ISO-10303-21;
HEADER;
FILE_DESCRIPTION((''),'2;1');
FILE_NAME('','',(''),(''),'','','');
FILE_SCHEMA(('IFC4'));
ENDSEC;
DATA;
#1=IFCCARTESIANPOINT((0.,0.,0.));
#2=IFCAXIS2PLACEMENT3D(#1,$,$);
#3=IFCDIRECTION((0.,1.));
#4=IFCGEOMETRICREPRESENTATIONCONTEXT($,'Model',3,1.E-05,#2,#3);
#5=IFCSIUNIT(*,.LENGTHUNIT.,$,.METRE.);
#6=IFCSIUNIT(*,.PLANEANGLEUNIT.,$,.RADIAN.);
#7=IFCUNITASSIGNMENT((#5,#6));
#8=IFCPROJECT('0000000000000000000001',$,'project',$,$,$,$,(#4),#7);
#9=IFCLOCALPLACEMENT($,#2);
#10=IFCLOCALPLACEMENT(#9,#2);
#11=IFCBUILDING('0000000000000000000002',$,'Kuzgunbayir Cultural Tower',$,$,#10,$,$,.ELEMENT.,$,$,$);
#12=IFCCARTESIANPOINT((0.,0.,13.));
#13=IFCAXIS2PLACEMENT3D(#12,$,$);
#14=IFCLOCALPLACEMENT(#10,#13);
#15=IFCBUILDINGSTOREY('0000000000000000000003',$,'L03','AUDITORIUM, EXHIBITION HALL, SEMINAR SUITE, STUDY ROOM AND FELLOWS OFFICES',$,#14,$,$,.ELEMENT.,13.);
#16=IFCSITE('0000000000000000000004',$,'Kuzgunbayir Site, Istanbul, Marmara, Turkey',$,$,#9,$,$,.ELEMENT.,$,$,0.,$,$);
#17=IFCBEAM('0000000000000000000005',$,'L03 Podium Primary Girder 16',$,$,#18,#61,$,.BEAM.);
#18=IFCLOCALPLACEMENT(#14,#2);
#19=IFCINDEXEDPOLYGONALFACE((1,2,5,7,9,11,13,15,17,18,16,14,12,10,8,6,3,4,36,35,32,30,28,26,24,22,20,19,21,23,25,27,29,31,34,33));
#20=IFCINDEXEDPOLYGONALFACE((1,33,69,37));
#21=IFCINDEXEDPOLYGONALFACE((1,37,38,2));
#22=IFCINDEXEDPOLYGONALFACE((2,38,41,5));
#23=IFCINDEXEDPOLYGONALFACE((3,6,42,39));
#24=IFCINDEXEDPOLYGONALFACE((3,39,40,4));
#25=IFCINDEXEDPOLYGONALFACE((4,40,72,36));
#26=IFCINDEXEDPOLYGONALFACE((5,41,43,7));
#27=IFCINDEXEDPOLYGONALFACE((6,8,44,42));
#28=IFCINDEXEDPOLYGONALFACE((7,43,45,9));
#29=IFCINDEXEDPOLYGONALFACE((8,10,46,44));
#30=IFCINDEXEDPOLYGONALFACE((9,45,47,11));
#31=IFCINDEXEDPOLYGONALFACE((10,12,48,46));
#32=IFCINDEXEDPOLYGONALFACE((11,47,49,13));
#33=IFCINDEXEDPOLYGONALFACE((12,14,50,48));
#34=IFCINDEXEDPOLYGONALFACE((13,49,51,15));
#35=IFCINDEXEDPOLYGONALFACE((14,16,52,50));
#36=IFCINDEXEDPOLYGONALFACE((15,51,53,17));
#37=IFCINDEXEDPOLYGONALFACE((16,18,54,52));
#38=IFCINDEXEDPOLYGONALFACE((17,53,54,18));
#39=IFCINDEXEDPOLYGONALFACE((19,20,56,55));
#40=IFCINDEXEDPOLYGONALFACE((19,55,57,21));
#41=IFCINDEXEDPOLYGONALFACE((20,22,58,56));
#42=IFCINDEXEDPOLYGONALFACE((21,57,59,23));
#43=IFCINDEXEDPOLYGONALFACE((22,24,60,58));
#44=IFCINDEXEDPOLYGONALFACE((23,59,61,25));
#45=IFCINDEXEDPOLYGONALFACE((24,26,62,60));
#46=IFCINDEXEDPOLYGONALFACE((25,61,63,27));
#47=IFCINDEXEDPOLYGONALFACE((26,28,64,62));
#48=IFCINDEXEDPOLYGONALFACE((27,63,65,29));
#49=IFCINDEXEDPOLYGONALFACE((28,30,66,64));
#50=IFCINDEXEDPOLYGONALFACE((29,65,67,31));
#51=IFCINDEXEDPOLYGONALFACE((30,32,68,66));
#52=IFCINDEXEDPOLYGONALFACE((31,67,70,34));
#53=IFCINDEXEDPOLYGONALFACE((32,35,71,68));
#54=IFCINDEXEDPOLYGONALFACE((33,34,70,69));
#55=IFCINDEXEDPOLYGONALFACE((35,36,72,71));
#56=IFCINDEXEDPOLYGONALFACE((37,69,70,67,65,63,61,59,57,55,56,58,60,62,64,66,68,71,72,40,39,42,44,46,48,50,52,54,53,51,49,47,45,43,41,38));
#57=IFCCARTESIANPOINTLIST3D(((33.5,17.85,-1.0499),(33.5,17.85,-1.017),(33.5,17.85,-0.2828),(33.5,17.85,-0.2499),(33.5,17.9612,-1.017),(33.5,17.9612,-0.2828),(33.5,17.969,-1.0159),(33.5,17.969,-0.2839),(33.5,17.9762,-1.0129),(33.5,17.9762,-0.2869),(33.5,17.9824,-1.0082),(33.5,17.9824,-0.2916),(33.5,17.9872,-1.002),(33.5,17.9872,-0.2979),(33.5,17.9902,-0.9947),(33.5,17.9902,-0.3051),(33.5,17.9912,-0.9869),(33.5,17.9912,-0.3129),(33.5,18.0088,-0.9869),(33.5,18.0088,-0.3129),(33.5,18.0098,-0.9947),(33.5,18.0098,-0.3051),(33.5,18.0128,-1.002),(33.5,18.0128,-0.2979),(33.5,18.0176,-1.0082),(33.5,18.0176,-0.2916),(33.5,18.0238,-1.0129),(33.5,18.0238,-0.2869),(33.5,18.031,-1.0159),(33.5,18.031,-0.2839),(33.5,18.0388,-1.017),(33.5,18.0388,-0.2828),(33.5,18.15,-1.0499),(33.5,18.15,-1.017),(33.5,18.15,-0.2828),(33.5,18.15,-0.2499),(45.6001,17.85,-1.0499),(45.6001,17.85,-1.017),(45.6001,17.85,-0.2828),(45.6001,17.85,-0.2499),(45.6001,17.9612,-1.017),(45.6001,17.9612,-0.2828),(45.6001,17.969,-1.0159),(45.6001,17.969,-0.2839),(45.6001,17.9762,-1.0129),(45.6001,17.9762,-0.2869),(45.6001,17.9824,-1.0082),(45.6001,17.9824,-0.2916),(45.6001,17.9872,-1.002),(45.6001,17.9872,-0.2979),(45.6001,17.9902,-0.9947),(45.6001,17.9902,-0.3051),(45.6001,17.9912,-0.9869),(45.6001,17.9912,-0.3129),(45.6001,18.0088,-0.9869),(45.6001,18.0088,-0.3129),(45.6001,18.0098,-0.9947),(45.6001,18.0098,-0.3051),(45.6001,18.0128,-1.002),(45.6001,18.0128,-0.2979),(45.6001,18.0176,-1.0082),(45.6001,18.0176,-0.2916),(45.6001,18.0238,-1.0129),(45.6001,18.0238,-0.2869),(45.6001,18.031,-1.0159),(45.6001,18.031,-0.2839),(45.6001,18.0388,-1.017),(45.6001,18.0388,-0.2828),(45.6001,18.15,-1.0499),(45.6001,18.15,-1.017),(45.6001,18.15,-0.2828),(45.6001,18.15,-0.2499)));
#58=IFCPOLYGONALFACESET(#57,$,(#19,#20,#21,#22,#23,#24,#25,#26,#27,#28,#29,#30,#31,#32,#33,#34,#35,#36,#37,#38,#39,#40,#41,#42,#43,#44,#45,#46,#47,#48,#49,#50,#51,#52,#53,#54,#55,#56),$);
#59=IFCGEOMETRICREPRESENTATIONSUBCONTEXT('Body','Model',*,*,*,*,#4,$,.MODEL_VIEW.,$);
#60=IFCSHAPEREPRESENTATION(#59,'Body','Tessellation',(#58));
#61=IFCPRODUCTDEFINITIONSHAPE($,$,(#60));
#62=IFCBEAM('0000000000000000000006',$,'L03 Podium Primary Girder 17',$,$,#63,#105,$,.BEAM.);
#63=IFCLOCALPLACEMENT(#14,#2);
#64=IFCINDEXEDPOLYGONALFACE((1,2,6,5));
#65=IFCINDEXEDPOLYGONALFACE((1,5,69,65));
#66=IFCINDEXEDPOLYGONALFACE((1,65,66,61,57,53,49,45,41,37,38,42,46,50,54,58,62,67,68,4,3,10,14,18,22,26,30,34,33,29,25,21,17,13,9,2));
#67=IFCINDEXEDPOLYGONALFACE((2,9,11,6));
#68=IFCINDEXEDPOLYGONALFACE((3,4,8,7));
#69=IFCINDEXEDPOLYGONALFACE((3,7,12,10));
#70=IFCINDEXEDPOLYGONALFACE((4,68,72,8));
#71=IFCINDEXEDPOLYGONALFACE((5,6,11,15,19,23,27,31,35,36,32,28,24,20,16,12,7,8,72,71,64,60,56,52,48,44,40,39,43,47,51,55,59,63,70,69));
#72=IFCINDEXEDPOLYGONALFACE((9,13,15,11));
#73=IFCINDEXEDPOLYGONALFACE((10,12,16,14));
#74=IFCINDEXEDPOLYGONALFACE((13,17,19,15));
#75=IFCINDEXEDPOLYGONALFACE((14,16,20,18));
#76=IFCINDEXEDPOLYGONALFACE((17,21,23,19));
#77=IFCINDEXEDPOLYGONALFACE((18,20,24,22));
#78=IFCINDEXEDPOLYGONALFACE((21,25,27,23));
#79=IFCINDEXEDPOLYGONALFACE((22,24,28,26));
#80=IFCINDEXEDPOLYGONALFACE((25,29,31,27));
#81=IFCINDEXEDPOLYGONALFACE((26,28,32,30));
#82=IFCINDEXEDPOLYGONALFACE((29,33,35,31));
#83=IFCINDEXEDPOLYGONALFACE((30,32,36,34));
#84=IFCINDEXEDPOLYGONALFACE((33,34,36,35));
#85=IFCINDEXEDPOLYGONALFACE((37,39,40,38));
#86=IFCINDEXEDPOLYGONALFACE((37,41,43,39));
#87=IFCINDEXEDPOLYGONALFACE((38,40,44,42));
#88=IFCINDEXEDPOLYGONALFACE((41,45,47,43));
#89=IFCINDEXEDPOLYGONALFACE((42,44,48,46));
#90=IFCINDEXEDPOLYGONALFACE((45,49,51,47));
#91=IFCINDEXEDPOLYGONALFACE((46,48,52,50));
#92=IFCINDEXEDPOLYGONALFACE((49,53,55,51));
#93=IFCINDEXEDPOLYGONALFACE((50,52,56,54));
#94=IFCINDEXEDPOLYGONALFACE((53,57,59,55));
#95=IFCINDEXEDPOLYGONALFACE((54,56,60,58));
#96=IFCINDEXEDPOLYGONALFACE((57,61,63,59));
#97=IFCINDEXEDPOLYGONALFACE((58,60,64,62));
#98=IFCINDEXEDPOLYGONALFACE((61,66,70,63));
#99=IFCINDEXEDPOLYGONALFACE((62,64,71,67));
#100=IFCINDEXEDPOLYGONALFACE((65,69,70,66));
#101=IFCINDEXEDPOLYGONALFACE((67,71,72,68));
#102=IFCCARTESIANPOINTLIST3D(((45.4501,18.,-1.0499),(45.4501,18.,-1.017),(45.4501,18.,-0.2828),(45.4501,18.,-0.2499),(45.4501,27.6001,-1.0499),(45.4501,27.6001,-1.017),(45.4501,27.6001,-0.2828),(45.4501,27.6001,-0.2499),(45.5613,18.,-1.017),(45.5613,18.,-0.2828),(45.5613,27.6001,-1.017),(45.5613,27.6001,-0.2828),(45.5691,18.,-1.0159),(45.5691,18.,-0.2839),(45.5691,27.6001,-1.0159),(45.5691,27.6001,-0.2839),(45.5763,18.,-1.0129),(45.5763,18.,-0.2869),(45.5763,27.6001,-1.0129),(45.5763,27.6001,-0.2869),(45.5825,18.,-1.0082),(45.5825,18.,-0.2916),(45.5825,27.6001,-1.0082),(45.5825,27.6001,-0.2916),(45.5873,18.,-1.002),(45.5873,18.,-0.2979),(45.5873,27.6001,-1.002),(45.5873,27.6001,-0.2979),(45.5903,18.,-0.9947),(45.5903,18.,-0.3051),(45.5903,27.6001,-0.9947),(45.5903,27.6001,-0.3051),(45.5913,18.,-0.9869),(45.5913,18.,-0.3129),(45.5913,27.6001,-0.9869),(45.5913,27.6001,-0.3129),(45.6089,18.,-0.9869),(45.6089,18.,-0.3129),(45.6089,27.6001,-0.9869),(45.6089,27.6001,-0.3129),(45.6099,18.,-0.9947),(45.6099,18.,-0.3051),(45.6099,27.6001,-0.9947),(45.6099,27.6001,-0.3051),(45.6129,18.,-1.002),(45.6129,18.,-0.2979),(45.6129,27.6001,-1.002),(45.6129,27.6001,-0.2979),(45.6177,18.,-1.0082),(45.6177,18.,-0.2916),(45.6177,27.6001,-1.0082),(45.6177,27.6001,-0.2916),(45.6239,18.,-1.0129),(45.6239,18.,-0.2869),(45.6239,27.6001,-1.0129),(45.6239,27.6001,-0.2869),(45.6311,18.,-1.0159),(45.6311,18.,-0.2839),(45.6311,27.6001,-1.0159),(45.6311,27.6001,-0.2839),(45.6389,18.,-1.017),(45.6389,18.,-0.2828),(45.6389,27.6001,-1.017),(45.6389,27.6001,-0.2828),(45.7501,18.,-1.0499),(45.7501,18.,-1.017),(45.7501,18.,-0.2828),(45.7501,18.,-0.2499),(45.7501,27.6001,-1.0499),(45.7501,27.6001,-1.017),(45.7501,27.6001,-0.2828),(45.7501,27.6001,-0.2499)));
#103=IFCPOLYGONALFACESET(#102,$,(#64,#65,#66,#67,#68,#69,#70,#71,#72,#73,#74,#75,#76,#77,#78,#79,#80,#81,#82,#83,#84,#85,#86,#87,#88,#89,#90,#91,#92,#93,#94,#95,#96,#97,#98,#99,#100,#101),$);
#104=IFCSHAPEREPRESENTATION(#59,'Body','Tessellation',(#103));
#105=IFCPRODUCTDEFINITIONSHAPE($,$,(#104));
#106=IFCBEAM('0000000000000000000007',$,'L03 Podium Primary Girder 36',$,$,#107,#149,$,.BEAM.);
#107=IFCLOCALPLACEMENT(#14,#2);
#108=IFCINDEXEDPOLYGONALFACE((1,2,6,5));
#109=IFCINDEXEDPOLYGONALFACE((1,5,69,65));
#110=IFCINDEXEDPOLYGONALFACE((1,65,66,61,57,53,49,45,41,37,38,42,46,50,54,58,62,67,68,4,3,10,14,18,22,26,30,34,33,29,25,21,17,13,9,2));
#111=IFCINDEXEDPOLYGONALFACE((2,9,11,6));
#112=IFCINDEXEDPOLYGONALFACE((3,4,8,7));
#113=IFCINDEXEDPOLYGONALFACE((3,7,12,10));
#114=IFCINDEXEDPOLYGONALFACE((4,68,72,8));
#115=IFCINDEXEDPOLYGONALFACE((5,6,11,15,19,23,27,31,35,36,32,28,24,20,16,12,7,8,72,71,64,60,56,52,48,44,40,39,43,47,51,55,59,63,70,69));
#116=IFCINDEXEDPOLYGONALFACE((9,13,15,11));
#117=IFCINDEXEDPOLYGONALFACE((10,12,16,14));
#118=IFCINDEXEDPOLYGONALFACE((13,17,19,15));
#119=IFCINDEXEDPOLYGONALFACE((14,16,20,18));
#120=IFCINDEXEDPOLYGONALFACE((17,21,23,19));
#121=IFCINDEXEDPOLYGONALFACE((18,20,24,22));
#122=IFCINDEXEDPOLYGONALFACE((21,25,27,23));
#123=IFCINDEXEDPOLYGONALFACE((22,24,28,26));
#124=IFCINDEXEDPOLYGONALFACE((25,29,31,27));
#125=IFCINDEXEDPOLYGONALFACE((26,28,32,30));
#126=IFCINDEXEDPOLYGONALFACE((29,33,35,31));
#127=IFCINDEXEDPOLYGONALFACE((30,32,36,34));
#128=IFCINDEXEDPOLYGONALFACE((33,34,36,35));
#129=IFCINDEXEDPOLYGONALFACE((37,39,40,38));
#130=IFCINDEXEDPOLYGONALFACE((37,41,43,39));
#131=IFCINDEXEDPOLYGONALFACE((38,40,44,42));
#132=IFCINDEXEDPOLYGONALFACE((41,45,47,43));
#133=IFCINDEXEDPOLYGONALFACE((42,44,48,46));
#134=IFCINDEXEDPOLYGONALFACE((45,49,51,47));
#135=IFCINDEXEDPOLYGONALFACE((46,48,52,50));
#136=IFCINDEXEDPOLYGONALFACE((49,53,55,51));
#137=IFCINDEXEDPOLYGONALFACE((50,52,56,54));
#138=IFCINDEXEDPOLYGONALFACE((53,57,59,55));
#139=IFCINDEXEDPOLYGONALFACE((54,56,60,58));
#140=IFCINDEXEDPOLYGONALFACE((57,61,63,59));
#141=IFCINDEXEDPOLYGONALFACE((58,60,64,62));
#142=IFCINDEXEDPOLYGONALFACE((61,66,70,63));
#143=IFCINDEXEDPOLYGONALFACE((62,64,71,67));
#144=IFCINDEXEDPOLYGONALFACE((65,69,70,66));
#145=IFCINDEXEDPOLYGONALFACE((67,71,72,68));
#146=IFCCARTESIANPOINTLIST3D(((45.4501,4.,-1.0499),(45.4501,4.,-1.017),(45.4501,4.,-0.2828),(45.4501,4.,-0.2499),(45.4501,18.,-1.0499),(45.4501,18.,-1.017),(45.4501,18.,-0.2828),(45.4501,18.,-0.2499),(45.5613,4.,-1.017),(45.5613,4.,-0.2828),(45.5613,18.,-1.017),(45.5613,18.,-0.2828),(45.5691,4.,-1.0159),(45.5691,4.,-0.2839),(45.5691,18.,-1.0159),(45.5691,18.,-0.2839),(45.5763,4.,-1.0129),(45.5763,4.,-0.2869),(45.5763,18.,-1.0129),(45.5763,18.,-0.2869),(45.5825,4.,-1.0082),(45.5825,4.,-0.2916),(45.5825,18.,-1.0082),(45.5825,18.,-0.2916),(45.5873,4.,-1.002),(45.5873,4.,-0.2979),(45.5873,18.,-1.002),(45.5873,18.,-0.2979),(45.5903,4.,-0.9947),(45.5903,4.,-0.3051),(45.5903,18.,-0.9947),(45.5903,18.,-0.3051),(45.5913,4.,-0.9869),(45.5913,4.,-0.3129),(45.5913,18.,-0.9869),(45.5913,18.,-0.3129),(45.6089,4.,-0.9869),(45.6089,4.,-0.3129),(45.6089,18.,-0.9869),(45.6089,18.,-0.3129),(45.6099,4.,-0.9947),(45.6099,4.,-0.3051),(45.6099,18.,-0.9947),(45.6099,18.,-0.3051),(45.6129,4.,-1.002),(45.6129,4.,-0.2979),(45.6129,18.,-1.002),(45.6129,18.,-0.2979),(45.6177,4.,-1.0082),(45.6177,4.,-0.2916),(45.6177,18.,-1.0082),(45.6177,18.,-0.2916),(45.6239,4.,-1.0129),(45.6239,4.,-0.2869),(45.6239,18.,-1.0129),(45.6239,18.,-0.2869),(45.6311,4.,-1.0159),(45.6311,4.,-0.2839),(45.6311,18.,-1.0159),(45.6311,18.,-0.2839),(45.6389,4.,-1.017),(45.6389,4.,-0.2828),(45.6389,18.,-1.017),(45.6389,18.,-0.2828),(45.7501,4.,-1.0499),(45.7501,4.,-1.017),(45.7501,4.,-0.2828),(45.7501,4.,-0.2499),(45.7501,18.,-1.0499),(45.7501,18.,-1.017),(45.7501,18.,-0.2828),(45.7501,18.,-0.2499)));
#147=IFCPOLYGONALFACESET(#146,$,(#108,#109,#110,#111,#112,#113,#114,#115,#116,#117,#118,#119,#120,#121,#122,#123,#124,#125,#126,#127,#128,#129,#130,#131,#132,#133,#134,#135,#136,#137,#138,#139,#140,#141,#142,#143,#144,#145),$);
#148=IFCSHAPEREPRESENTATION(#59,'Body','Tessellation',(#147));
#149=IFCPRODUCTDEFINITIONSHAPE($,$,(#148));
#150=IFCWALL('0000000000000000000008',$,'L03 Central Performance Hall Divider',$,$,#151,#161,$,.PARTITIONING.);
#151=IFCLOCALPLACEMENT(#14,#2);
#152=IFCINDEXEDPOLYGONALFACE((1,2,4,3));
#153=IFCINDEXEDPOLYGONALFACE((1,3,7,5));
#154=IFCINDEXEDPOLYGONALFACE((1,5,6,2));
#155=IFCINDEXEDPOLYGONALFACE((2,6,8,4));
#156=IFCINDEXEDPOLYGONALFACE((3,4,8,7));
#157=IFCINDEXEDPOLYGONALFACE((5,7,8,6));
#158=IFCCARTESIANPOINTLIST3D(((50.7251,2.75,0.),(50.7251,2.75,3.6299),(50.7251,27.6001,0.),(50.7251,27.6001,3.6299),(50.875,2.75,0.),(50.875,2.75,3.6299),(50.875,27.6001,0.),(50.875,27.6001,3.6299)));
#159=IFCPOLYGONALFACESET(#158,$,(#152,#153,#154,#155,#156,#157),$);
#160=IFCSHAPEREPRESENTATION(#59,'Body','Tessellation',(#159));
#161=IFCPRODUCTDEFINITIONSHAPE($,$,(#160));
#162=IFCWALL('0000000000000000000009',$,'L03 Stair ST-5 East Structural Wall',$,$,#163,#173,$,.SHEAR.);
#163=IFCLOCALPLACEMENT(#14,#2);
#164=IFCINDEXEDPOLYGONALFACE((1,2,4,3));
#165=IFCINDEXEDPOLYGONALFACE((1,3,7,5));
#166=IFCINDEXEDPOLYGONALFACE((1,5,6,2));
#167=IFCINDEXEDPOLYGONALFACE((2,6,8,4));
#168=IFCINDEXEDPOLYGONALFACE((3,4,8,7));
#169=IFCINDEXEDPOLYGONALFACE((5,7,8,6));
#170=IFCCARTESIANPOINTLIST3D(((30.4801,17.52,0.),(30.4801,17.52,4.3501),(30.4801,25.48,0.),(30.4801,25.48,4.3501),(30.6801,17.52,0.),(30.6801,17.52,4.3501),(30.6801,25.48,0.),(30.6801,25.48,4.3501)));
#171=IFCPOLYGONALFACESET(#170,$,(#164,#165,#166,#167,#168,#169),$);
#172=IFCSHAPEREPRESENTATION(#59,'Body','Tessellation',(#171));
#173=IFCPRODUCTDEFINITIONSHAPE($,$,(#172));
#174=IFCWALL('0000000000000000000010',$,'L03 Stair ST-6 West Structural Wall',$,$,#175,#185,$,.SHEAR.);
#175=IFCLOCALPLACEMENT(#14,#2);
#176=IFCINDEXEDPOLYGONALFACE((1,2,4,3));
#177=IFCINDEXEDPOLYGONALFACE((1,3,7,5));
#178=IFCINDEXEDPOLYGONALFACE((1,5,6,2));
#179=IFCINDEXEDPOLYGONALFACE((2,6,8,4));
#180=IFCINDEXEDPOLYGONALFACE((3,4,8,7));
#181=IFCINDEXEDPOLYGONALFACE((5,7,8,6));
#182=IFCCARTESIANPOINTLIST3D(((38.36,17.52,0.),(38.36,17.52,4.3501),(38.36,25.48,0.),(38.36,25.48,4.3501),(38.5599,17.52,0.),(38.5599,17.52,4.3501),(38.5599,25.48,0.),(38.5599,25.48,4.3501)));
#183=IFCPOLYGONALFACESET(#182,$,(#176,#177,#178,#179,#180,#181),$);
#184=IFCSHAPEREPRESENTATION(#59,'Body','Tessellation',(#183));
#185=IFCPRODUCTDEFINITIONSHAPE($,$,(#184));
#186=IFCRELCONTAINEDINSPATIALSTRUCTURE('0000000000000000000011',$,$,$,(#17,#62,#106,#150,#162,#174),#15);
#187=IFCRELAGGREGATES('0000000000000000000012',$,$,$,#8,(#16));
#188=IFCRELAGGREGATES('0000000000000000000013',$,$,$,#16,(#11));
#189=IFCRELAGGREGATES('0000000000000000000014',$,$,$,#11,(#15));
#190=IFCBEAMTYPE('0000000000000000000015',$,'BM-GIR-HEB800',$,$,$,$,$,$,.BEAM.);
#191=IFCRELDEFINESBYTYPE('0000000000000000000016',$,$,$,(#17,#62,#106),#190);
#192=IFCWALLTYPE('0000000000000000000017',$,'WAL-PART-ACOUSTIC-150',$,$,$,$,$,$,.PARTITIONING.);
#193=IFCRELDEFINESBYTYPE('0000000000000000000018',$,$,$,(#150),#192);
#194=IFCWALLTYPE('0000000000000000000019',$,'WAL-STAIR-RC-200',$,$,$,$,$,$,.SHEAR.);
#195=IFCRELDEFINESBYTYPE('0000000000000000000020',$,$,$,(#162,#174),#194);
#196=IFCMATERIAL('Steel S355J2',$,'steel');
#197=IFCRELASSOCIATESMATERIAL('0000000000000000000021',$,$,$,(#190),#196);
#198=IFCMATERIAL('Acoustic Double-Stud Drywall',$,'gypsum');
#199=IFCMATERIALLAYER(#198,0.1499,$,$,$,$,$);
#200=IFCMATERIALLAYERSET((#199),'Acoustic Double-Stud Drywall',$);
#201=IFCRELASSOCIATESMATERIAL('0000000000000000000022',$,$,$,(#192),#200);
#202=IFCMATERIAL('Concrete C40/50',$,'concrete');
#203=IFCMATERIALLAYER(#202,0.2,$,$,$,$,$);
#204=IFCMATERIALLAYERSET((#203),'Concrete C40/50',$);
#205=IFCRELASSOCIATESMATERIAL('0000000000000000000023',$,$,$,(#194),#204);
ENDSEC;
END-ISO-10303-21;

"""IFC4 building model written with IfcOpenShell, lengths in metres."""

from ifc_helpers import new_model, si_unit, direction, frame, frame_2d, origin, origin_2d, place, context, subcontext, project, spatial, rectangle, i_section, extrude, material, layer, layer_set, material_profile, profile_set, type_object, element, save


model = new_model("IFC4")

# Units and contexts
model_context = context("Model", 3, precision=1e-05, world=origin(), true_north=direction((0.0, 1.0)))
body_context = subcontext(model_context, "Body", "Model", "MODEL_VIEW")
ifc_project = project(units=[si_unit("LENGTHUNIT", "METRE"), si_unit("PLANEANGLEUNIT", "RADIAN")], contexts=[model_context])

# Site, building, storey
site_placement = place(None, origin())
site = spatial("IfcSite", under=ifc_project, at=site_placement, Name="Kuzgunbayir Site, Istanbul, Marmara, Turkey", CompositionType="ELEMENT", RefElevation=0.0)
building_placement = place(site_placement, origin())
building = spatial("IfcBuilding", under=site, at=building_placement, Name="Kuzgunbayir Cultural Tower", CompositionType="ELEMENT")
storey_placement = place(building_placement, frame((0.0, 0.0, 13.0)))
storey = spatial("IfcBuildingStorey", under=building, at=storey_placement, Name="L03", Description="AUDITORIUM, EXHIBITION HALL, SEMINAR SUITE, STUDY ROOM AND FELLOWS OFFICES", CompositionType="ELEMENT", Elevation=13.0)

# Beams
ifc_material_1 = material(Name="Steel S355J2", Category="steel")
ifc_material_profile_1 = material_profile(ifc_material_1, i_section(OverallWidth=0.3, OverallDepth=0.8, WebThickness=0.0176, FlangeThickness=0.033, FilletRadius=0.03, at=origin_2d()), Name="HEB 800")
ifc_profile_set_1 = profile_set([ifc_material_profile_1], Name="Steel S355J2")
beam_type = type_object("IfcBeamType", Name="BM-GIR-HEB800", PredefinedType="BEAM", material=ifc_profile_set_1)
beam_1_placement = place(storey_placement, frame((33.5, 18.0, -0.6499), z_axis=(1.0, 0.0, 0.0), x_axis=(0.0, 1.0, 0.0)))
element("IfcBeam", 1, at=beam_1_placement, inside=storey, type_object=beam_type, Name="L03 Podium Primary Girder 16", PredefinedType="BEAM", context=body_context, shape_type="SweptSolid", body=[
    extrude(i_section(OverallWidth=0.3, OverallDepth=0.8, WebThickness=0.0176, FlangeThickness=0.033, FilletRadius=0.03, at=origin_2d()), origin(), (0.0, 0.0, 1.0), 12.1001),
])
beam_2_placement = place(storey_placement, frame((45.6001, 18.0, -0.6499), z_axis=(0.0, 1.0, 0.0), x_axis=(-1.0, 0.0, 0.0)))
element("IfcBeam", 2, at=beam_2_placement, inside=storey, type_object=beam_type, Name="L03 Podium Primary Girder 17", PredefinedType="BEAM", context=body_context, shape_type="SweptSolid", body=[
    extrude(i_section(OverallWidth=0.3, OverallDepth=0.8, WebThickness=0.0176, FlangeThickness=0.033, FilletRadius=0.03, at=origin_2d()), origin(), (0.0, 0.0, 1.0), 9.6001),
])
beam_3_placement = place(storey_placement, frame((45.6001, 4.0, -0.6499), z_axis=(0.0, 1.0, 0.0), x_axis=(-1.0, 0.0, 0.0)))
element("IfcBeam", 3, at=beam_3_placement, inside=storey, type_object=beam_type, Name="L03 Podium Primary Girder 36", PredefinedType="BEAM", context=body_context, shape_type="SweptSolid", body=[
    extrude(i_section(OverallWidth=0.3, OverallDepth=0.8, WebThickness=0.0176, FlangeThickness=0.033, FilletRadius=0.03, at=origin_2d()), origin(), (0.0, 0.0, 1.0), 14.0),
])

# Walls
ifc_material_2 = material(Name="Acoustic Double-Stud Drywall", Category="gypsum")
ifc_layer_1 = layer(ifc_material_2, 0.1499)
ifc_layer_set_1 = layer_set([ifc_layer_1], Name="Acoustic Double-Stud Drywall")
wall_type_1 = type_object("IfcWallType", Name="WAL-PART-ACOUSTIC-150", PredefinedType="PARTITIONING", material=ifc_layer_set_1)
wall_1_placement = place(storey_placement, frame((50.8, 2.75, 0.0), z_axis=(0.0, 0.0, 1.0), x_axis=(0.0, 1.0, 0.0)))
element("IfcWall", 4, at=wall_1_placement, inside=storey, type_object=wall_type_1, Name="L03 Central Performance Hall Divider", PredefinedType="PARTITIONING", context=body_context, shape_type="SweptSolid", body=[
    extrude(rectangle(XDim=24.8501, YDim=0.1499, at=frame_2d((12.425, 0.0))), origin(), (0.0, 0.0, 1.0), 3.6299),
])
ifc_material_3 = material(Name="Concrete C40/50", Category="concrete")
ifc_layer_2 = layer(ifc_material_3, 0.2)
ifc_layer_set_2 = layer_set([ifc_layer_2], Name="Concrete C40/50")
wall_type_2 = type_object("IfcWallType", Name="WAL-STAIR-RC-200", PredefinedType="SHEAR", material=ifc_layer_set_2)
for number, where, z_axis, x_axis, name in (
    (5, (30.5801, 17.52, 0.0), (0.0, 0.0, 1.0), (0.0, 1.0, 0.0), "L03 Stair ST-5 East Structural Wall"),
    (6, (38.46, 17.52, 0.0), (0.0, 0.0, 1.0), (0.0, 1.0, 0.0), "L03 Stair ST-6 West Structural Wall"),
):
    element("IfcWall", number, at=place(storey_placement, frame(where, z_axis=z_axis, x_axis=x_axis)), inside=storey, type_object=wall_type_2, Name=name, PredefinedType="SHEAR", context=body_context, shape_type="SweptSolid", body=[
        extrude(rectangle(XDim=7.96, YDim=0.2, at=frame_2d((3.98, 0.0))), origin(), (0.0, 0.0, 1.0), 4.3501),
    ])

save(model, "model.ifc")
